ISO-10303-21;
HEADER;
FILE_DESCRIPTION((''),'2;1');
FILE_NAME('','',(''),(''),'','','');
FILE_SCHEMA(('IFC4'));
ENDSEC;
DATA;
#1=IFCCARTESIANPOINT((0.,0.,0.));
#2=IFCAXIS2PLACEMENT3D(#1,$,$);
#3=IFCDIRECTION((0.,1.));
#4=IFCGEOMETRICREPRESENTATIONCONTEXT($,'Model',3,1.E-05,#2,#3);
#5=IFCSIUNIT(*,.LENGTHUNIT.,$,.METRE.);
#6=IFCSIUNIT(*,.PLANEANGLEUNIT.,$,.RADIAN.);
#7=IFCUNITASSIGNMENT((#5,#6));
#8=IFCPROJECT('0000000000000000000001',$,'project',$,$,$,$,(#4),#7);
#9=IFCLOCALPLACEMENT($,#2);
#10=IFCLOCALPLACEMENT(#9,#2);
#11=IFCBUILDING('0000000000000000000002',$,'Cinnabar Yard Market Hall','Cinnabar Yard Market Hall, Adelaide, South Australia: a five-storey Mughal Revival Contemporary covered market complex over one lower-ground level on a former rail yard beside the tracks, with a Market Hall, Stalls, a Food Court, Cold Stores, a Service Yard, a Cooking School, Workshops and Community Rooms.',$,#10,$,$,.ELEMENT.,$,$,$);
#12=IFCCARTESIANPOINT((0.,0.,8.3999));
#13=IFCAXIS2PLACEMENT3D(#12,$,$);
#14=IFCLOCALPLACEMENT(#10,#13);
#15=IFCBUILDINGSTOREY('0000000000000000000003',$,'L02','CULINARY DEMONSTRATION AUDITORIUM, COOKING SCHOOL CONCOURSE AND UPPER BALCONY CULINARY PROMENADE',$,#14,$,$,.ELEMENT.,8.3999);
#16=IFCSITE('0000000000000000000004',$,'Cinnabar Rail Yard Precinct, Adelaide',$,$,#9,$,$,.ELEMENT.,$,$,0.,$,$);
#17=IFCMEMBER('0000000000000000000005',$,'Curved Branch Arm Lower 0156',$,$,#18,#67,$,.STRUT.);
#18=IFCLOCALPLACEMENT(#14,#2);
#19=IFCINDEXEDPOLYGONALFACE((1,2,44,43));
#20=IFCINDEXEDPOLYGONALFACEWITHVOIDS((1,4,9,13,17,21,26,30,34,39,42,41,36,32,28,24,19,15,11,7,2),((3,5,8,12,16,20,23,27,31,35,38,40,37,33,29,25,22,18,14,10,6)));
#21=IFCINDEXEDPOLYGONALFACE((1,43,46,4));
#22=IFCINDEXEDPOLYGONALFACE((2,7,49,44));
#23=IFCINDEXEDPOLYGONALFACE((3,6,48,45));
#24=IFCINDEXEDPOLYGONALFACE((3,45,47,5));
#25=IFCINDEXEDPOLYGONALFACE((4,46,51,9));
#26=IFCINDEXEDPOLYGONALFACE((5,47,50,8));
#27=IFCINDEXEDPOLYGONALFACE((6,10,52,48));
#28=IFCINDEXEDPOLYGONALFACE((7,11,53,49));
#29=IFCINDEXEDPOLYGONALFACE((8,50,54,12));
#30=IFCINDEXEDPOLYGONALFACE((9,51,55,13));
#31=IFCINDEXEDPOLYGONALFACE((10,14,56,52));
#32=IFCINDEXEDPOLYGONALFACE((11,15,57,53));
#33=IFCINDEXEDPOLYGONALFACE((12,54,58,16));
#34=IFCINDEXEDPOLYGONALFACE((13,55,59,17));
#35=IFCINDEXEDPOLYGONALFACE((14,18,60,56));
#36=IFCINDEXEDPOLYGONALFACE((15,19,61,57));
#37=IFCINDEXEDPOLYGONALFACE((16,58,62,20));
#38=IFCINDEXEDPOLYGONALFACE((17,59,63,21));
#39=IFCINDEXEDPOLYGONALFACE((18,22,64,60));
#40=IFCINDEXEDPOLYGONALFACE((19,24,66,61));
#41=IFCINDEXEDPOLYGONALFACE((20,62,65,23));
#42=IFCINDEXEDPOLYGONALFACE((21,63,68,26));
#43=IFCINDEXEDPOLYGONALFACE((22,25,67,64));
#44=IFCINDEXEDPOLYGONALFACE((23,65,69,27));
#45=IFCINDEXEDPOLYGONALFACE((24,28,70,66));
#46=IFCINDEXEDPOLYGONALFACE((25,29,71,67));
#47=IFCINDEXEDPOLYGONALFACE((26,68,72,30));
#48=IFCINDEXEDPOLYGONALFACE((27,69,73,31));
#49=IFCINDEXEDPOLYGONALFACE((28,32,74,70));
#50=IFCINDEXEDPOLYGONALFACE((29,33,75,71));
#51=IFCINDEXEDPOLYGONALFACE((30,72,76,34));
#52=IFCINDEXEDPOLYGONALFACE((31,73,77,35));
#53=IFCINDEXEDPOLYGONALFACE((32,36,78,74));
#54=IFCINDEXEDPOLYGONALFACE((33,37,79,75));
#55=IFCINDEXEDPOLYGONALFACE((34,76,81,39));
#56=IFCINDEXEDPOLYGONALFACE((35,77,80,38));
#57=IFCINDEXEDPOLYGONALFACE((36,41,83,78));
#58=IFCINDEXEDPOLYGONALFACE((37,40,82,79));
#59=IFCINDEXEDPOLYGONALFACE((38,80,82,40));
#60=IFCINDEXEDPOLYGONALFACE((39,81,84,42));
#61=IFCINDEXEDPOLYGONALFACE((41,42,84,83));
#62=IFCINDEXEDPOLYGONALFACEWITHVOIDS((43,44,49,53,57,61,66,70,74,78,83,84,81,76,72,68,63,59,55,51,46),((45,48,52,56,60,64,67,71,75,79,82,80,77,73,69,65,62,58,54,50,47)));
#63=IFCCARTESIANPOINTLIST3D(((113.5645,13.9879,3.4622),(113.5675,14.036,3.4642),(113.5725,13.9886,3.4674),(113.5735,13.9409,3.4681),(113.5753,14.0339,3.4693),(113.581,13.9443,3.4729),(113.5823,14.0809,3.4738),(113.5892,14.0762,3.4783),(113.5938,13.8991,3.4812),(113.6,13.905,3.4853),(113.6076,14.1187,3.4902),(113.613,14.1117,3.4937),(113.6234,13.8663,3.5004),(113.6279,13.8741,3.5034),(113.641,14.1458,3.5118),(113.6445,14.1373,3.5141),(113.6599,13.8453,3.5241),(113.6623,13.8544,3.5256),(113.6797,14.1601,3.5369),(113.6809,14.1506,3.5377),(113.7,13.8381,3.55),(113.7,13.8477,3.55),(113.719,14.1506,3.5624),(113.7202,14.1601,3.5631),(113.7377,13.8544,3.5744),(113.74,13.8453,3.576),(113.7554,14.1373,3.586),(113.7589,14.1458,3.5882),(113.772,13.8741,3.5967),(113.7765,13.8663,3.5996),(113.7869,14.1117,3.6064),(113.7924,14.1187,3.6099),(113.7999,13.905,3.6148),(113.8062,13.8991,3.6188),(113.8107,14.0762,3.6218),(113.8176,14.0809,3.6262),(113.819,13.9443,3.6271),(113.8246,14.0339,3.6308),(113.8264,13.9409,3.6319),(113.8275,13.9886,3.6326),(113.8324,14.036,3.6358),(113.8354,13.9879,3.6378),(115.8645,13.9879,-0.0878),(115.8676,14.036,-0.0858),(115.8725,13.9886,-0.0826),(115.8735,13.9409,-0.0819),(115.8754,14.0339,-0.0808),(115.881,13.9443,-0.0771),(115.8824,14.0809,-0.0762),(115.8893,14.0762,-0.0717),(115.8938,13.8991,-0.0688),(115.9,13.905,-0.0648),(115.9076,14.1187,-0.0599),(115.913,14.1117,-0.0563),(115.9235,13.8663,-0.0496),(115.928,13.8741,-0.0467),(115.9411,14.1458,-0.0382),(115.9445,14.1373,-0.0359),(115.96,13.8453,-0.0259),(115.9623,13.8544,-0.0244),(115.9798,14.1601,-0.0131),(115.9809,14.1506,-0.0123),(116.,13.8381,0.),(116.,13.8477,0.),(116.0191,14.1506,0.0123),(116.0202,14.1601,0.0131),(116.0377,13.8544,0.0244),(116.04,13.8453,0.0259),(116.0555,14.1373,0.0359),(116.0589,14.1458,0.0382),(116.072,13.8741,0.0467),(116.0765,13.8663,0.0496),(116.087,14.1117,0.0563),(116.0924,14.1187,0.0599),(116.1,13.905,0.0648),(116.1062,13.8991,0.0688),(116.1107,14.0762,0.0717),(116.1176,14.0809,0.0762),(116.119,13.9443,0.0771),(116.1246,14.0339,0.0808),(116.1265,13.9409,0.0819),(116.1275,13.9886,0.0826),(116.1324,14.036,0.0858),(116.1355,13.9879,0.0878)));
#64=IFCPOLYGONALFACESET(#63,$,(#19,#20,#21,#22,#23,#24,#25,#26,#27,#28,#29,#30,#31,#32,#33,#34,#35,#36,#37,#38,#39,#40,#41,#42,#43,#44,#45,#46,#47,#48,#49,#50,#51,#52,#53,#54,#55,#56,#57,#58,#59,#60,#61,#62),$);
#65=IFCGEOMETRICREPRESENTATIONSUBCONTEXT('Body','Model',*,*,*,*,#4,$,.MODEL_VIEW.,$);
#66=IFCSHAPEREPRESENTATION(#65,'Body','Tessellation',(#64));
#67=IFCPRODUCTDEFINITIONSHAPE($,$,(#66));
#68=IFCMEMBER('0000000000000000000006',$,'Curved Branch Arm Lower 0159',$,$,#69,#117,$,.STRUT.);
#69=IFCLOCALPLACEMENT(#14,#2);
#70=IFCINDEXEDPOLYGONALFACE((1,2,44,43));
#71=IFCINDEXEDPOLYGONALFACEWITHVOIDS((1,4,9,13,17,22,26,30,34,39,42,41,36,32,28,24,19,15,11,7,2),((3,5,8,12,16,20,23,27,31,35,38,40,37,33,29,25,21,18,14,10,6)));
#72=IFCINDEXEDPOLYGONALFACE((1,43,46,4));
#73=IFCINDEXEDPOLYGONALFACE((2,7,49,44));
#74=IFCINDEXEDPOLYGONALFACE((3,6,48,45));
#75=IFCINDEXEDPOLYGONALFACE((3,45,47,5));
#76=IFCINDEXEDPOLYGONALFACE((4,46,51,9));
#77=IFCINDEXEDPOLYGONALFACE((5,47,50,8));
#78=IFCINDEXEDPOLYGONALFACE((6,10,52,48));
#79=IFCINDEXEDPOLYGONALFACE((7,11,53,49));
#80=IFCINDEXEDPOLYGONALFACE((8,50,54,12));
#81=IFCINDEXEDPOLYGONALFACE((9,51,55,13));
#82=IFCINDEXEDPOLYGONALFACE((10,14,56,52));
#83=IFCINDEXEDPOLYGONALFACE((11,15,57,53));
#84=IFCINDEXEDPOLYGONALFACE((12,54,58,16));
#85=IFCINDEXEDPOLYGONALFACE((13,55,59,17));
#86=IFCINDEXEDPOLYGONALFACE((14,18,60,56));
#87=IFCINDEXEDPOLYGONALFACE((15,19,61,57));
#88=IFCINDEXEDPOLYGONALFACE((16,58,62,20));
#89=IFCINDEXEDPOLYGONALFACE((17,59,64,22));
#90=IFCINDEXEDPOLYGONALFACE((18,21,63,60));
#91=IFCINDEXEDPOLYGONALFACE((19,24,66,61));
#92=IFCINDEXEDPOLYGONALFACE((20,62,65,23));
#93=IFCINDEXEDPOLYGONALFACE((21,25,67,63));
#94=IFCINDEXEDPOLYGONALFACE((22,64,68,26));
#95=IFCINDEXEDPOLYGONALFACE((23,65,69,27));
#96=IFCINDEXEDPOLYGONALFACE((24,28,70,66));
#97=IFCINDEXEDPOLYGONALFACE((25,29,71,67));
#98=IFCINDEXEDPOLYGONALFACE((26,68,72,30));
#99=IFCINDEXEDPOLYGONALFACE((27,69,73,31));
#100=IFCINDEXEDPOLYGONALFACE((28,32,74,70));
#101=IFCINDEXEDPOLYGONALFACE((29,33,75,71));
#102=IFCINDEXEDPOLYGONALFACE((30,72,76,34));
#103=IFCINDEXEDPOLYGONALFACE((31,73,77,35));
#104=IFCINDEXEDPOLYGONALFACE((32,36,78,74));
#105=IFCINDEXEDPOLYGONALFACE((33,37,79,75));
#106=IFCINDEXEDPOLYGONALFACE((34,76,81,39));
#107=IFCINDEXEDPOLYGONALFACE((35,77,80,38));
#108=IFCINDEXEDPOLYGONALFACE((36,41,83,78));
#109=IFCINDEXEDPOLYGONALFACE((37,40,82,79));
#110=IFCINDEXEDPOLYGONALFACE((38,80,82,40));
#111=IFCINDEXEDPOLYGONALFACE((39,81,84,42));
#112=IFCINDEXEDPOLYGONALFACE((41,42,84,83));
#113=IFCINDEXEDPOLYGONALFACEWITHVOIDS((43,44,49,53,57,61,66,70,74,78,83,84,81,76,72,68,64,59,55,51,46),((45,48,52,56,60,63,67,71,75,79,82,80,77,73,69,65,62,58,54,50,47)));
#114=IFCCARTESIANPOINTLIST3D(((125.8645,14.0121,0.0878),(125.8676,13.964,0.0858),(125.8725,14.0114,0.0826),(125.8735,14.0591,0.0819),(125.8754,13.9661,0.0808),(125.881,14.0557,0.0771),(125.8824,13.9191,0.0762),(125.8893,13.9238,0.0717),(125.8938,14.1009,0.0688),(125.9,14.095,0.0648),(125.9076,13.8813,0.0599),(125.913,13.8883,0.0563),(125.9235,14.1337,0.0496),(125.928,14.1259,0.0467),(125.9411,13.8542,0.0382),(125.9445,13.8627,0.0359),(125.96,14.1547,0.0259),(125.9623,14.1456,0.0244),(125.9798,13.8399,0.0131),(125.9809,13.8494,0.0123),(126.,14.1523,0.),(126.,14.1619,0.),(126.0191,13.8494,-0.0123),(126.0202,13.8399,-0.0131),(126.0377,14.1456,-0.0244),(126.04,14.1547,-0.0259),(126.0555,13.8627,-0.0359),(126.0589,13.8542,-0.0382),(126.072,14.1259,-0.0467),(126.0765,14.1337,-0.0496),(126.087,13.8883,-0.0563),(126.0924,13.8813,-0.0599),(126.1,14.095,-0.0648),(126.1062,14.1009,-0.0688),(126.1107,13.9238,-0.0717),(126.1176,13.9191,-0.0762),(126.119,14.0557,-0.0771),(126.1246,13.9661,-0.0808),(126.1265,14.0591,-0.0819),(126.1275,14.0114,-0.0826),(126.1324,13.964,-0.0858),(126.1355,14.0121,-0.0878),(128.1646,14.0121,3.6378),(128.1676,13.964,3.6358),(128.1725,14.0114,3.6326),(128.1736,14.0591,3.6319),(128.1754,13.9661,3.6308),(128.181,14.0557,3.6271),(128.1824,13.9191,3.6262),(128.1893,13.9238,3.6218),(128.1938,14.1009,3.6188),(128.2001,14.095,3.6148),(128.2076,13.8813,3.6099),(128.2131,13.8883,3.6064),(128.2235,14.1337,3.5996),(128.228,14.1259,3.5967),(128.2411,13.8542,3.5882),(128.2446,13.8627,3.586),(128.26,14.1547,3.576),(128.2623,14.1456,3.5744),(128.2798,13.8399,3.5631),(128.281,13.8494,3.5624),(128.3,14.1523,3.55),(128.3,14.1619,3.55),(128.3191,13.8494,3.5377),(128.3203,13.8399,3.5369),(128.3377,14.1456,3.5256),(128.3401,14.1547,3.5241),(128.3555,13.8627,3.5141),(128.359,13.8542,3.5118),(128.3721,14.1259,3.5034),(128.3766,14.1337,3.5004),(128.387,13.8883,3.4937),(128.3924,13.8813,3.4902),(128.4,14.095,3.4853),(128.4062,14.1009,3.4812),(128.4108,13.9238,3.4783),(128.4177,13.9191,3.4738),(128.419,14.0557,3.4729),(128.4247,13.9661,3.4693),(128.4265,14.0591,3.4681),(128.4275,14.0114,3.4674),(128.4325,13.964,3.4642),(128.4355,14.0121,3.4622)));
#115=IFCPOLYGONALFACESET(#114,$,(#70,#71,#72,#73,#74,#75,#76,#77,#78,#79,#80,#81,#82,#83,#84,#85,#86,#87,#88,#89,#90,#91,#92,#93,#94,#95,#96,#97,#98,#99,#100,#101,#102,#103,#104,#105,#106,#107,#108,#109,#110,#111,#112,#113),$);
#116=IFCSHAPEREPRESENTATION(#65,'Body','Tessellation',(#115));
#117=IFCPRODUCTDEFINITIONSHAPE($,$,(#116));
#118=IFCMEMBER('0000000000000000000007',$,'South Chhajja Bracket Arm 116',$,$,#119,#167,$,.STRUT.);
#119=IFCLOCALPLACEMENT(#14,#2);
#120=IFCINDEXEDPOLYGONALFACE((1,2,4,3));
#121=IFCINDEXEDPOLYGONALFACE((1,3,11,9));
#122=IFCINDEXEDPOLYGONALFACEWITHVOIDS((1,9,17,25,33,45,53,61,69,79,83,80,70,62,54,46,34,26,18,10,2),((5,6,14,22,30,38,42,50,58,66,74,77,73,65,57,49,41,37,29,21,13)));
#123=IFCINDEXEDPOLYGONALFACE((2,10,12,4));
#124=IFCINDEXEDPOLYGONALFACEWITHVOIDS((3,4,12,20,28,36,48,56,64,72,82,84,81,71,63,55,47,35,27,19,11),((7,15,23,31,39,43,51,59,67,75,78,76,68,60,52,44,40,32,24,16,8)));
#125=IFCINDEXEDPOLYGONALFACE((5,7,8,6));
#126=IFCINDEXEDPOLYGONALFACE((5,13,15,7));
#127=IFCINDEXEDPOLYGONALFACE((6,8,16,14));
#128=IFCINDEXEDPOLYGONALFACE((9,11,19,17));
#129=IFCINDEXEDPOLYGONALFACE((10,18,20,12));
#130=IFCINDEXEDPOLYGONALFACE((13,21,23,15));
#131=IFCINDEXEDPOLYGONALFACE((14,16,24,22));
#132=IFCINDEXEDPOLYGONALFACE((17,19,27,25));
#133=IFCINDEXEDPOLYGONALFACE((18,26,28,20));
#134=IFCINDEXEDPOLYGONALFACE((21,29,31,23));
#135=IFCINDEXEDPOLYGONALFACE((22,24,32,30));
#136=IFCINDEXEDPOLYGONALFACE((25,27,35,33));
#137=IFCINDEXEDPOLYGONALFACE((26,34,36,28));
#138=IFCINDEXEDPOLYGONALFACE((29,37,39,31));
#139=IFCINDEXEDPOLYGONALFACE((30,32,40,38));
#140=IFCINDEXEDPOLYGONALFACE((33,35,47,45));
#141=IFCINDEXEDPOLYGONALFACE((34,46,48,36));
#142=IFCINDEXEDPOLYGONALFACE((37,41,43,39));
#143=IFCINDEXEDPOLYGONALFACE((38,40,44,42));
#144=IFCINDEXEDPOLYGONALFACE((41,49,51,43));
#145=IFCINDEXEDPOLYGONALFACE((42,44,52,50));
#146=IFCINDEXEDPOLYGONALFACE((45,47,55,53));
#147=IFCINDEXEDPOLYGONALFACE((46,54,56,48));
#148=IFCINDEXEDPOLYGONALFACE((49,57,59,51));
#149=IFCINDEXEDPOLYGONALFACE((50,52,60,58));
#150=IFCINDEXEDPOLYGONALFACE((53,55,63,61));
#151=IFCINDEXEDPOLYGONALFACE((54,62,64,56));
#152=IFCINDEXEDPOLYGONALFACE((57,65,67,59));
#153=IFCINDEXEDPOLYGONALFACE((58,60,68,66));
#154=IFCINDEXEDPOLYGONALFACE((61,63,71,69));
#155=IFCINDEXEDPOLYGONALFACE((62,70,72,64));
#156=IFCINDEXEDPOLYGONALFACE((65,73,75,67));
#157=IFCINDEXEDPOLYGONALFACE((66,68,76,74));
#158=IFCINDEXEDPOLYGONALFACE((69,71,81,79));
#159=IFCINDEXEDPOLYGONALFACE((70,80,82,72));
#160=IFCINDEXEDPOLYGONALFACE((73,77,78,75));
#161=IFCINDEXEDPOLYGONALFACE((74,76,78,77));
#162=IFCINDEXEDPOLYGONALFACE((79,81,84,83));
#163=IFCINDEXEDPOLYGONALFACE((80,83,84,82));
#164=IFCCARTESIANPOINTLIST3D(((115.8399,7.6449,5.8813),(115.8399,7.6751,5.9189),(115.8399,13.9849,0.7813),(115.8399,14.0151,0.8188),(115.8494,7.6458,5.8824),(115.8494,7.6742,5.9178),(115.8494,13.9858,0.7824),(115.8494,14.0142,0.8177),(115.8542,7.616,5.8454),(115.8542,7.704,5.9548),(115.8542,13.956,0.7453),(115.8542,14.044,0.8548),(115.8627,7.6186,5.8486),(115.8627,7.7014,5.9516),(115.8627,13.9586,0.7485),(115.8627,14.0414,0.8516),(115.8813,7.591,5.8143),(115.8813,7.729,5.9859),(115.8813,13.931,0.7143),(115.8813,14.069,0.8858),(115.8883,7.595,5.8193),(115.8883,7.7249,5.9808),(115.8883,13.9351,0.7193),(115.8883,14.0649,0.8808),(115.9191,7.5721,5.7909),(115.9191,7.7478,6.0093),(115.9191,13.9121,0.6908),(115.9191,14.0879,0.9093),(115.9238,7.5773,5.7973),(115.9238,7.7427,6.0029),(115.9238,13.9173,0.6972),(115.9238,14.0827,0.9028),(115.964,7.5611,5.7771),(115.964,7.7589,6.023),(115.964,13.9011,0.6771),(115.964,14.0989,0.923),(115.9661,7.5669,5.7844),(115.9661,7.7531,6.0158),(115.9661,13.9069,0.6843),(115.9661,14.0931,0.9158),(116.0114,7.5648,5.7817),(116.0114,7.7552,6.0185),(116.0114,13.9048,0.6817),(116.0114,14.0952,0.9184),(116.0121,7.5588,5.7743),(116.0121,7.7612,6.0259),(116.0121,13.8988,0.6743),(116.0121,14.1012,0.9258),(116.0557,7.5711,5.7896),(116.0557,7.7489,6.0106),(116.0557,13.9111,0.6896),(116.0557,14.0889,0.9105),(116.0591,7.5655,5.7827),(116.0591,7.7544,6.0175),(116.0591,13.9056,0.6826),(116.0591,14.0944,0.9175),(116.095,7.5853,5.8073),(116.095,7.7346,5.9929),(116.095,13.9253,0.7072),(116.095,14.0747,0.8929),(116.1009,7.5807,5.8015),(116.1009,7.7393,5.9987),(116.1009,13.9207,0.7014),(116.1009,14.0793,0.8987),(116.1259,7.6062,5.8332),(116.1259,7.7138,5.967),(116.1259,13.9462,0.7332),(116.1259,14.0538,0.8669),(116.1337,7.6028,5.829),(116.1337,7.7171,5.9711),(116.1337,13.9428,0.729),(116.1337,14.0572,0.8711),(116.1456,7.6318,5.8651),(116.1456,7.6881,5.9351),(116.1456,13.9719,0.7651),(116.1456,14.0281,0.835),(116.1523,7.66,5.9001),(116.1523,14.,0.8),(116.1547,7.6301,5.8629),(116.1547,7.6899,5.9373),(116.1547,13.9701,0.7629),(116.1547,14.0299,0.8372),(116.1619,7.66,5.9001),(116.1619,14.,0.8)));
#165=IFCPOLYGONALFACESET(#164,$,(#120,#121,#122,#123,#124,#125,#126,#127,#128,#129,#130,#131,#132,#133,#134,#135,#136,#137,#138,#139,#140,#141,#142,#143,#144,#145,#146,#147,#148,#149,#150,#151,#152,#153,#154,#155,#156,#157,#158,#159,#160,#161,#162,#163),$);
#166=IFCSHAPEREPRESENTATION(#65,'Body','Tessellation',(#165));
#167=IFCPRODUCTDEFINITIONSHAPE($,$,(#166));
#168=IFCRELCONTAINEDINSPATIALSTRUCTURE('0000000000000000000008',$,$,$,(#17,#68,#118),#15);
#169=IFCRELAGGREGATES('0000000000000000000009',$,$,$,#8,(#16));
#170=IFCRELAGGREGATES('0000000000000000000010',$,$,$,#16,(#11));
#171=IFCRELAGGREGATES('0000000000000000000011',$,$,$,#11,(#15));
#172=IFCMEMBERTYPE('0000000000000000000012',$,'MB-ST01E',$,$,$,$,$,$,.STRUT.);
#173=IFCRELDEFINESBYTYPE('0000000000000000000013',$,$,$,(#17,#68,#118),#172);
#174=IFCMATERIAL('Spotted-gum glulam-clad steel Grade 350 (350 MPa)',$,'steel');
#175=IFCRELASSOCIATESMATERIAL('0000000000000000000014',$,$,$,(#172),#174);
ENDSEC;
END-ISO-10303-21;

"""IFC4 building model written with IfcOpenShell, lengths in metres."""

from ifc_helpers import new_model, si_unit, direction, frame, origin, origin_2d_with_axis, place, context, subcontext, project, spatial, hollow_circle, extrude, material, material_profile, profile_set, type_object, element, save


model = new_model("IFC4")

# Units and contexts
model_context = context("Model", 3, precision=1e-05, world=origin(), true_north=direction((0.0, 1.0)))
body_context = subcontext(model_context, "Body", "Model", "MODEL_VIEW")
ifc_project = project(units=[si_unit("LENGTHUNIT", "METRE"), si_unit("PLANEANGLEUNIT", "RADIAN")], contexts=[model_context])

# Site, building, storey
site_placement = place(None, origin())
site = spatial("IfcSite", under=ifc_project, at=site_placement, Name="Cinnabar Rail Yard Precinct, Adelaide", CompositionType="ELEMENT", RefElevation=0.0)
building_placement = place(site_placement, origin())
building = spatial("IfcBuilding", under=site, at=building_placement, Name="Cinnabar Yard Market Hall", Description="Cinnabar Yard Market Hall, Adelaide, South Australia: a five-storey Mughal Revival Contemporary covered market complex over one lower-ground level on a former rail yard beside the tracks, with a Market Hall, Stalls, a Food Court, Cold Stores, a Service Yard, a Cooking School, Workshops and Community Rooms.", CompositionType="ELEMENT")
storey_placement = place(building_placement, frame((0.0, 0.0, 8.3999)))
storey = spatial("IfcBuildingStorey", under=building, at=storey_placement, Name="L02", Description="CULINARY DEMONSTRATION AUDITORIUM, COOKING SCHOOL CONCOURSE AND UPPER BALCONY CULINARY PROMENADE", CompositionType="ELEMENT", Elevation=8.3999)

# Shared definitions
ifc_material_1 = material(Name="Spotted-gum glulam-clad steel Grade 350 (350 MPa)", Category="steel")

# Members
ifc_material_profile_1 = material_profile(ifc_material_1, hollow_circle(Radius=0.1619, WallThickness=0.0095, at=origin_2d_with_axis()), Name="323.9x9.5CHS")
ifc_profile_set_1 = profile_set([ifc_material_profile_1], Name="Spotted-gum glulam-clad steel Grade 350 (350 MPa)")
member_type_1 = type_object("IfcMemberType", Name="MB-ST01E", PredefinedType="STRUT", material=ifc_profile_set_1)
for number, where, z_axis, x_axis, name in (
    (1, (116.0, 14.0, 0.0), (-0.543744, 0.0, 0.839251), (0.0, -1.0, 0.0), "Curved Branch Arm Lower 0156"),
    (2, (126.0, 14.0, 0.0), (0.543744, 0.0, 0.839251), (0.0, 1.0, 0.0), "Curved Branch Arm Lower 0159"),
):
    element("IfcMember", number, at=place(storey_placement, frame(where, z_axis=z_axis, x_axis=x_axis)), inside=storey, type_object=member_type_1, Name=name, PredefinedType="STRUT", context=body_context, shape_type="SweptSolid", body=[
        extrude(hollow_circle(Radius=0.1619, WallThickness=0.0095, at=origin_2d_with_axis()), origin(), (0.0, 0.0, 1.0), 4.23),
    ])
member_1_placement = place(storey_placement, frame((116.0, 14.0, 0.8), z_axis=(0.0, -0.779186, 0.626793), x_axis=(1.0, 0.0, 0.0)))
element("IfcMember", 3, at=member_1_placement, inside=storey, type_object=member_type_1, Name="South Chhajja Bracket Arm 116", PredefinedType="STRUT", context=body_context, shape_type="SweptSolid", body=[
    extrude(hollow_circle(Radius=0.1619, WallThickness=0.0095, at=origin_2d_with_axis()), origin(), (0.0, 0.0, 1.0), 8.1367),
])

save(model, "model.ifc")
